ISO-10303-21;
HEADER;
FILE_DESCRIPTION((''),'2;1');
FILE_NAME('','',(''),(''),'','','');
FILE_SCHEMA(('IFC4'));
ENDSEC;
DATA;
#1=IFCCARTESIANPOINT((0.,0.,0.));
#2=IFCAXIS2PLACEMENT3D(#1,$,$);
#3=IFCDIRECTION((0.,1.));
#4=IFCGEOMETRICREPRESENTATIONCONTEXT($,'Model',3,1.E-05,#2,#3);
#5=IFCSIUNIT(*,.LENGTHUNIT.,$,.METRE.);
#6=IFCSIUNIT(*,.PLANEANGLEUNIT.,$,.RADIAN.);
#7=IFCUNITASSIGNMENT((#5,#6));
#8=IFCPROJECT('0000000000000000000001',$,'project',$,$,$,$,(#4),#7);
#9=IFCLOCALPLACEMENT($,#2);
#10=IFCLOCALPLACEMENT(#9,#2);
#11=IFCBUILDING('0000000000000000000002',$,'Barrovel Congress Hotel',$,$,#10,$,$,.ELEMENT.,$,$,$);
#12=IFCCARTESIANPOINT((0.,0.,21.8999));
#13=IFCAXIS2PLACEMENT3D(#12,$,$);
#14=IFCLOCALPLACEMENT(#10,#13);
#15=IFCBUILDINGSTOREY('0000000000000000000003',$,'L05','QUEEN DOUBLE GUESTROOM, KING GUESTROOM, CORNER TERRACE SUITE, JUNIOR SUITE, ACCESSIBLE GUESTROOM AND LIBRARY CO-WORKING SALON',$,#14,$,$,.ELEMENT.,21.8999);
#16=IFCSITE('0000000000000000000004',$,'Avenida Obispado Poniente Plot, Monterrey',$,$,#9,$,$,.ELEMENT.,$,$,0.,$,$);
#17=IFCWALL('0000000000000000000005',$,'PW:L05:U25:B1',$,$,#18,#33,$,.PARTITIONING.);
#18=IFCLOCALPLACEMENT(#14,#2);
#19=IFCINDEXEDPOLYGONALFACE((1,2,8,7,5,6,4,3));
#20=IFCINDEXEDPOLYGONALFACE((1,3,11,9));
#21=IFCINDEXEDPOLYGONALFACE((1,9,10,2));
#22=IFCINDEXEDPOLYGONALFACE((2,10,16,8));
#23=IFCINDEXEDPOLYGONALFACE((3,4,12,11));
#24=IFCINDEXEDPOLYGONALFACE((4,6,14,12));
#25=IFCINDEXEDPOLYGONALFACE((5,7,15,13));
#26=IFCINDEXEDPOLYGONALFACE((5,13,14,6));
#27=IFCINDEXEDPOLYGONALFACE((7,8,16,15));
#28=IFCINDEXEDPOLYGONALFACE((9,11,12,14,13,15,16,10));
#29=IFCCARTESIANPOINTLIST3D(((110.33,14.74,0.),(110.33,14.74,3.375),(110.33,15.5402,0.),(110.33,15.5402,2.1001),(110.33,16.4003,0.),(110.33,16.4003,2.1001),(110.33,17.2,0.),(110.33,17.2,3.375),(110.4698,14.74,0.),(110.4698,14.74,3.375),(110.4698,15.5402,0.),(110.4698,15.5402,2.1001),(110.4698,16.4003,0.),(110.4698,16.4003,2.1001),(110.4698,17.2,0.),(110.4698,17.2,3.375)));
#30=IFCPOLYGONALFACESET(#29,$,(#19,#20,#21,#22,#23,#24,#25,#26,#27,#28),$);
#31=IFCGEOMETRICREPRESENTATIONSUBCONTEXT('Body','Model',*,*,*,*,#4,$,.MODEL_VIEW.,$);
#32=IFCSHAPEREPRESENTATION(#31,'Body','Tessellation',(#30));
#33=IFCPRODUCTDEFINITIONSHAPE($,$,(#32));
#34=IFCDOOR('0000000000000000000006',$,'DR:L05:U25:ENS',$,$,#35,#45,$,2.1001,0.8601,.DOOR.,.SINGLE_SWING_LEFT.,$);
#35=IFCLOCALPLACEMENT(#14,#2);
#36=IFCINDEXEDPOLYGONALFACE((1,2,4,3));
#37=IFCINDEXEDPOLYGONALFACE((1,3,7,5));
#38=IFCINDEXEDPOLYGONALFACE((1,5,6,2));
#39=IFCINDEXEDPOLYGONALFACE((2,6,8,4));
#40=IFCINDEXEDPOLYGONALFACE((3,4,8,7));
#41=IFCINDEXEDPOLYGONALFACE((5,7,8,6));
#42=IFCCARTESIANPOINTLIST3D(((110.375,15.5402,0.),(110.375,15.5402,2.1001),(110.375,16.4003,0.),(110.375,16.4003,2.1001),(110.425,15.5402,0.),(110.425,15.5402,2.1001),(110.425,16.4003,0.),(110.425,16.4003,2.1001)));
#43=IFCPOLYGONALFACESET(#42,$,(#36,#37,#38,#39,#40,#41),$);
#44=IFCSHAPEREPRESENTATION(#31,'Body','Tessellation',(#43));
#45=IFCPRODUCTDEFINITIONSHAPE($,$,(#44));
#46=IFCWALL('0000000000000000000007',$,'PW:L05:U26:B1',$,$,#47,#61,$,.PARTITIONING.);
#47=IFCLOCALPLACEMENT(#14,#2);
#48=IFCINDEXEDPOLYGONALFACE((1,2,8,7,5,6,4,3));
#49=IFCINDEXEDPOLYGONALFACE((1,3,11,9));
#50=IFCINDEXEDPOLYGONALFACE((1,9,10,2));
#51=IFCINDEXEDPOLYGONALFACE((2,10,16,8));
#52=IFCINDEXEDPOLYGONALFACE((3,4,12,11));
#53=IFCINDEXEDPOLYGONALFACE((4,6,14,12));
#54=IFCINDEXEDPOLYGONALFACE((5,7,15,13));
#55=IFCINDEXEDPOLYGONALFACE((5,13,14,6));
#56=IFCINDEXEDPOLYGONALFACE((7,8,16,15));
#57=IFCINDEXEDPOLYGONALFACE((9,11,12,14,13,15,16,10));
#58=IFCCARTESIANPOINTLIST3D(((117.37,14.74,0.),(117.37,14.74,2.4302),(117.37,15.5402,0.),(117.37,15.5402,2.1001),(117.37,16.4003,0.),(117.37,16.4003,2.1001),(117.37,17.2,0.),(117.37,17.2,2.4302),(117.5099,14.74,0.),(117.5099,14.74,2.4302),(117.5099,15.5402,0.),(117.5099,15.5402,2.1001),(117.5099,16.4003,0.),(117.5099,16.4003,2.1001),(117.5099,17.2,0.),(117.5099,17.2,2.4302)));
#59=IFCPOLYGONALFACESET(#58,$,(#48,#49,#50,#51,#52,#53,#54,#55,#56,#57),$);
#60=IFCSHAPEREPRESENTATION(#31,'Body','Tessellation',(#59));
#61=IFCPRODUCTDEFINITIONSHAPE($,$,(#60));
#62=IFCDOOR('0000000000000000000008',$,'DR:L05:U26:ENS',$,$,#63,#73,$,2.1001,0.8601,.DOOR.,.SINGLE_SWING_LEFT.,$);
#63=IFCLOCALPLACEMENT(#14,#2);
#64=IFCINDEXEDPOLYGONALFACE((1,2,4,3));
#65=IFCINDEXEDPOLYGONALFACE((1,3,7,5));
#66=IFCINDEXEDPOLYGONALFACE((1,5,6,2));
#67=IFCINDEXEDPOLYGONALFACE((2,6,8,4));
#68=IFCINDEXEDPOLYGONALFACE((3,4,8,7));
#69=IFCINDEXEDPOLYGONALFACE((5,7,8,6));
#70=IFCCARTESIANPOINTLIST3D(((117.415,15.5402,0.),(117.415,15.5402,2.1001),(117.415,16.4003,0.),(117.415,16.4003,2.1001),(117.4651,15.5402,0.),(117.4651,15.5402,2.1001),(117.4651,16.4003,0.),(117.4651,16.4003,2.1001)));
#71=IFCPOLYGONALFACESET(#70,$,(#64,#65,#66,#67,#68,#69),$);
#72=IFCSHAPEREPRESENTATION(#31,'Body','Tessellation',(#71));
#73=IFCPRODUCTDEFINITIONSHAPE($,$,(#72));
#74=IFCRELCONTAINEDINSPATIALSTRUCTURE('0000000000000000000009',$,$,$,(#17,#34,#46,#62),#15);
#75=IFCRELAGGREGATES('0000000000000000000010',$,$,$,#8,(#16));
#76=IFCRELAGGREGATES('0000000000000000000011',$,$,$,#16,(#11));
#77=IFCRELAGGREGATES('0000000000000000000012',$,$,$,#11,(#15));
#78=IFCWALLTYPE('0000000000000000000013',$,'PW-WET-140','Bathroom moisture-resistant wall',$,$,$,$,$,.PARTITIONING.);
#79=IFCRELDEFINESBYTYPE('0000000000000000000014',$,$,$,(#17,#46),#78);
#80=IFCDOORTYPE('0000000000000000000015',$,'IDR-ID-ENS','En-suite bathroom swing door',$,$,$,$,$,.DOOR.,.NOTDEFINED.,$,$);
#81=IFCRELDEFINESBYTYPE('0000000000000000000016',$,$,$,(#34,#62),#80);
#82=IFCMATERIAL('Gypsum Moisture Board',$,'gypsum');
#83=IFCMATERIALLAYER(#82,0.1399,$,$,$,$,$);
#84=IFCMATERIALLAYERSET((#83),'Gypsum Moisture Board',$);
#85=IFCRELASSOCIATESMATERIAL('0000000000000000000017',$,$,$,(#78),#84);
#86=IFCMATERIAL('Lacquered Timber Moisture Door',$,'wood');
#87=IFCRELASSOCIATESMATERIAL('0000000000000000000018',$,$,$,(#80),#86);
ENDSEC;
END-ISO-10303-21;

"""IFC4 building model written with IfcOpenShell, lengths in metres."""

from ifc_helpers import new_model, si_unit, direction, frame, frame_2d, origin, place, context, subcontext, project, spatial, rectangle, extrude, material, layer, layer_set, type_object, element, fill, save


model = new_model("IFC4")

# Units and contexts
model_context = context("Model", 3, precision=1e-05, world=origin(), true_north=direction((0.0, 1.0)))
body_context = subcontext(model_context, "Body", "Model", "MODEL_VIEW")
ifc_project = project(units=[si_unit("LENGTHUNIT", "METRE"), si_unit("PLANEANGLEUNIT", "RADIAN")], contexts=[model_context])

# Site, building, storey
site_placement = place(None, origin())
site = spatial("IfcSite", under=ifc_project, at=site_placement, Name="Avenida Obispado Poniente Plot, Monterrey", CompositionType="ELEMENT", RefElevation=0.0)
building_placement = place(site_placement, origin())
building = spatial("IfcBuilding", under=site, at=building_placement, Name="Barrovel Congress Hotel", CompositionType="ELEMENT")
storey_placement = place(building_placement, frame((0.0, 0.0, 21.8999)))
storey = spatial("IfcBuildingStorey", under=building, at=storey_placement, Name="L05", Description="QUEEN DOUBLE GUESTROOM, KING GUESTROOM, CORNER TERRACE SUITE, JUNIOR SUITE, ACCESSIBLE GUESTROOM AND LIBRARY CO-WORKING SALON", CompositionType="ELEMENT", Elevation=21.8999)

# Walls, openings, doors
ifc_material_1 = material(Name="Gypsum Moisture Board", Category="gypsum")
ifc_layer_1 = layer(ifc_material_1, 0.1399)
ifc_layer_set_1 = layer_set([ifc_layer_1], Name="Gypsum Moisture Board")
wall_type_1 = type_object("IfcWallType", Name="PW-WET-140", Description="Bathroom moisture-resistant wall", PredefinedType="PARTITIONING", material=ifc_layer_set_1)
ifc_material_2 = material(Name="Lacquered Timber Moisture Door", Category="wood")
door_type_1 = type_object("IfcDoorType", Name="IDR-ID-ENS", Description="En-suite bathroom swing door", OperationType="NOTDEFINED", PredefinedType="DOOR", material=ifc_material_2)
wall_1_placement = place(storey_placement, frame((110.3999, 14.74, 0.0), z_axis=(0.0, 0.0, 1.0), x_axis=(0.0, 1.0, 0.0)))
wall_1 = element("IfcWall", 1, at=wall_1_placement, inside=storey, type_object=wall_type_1, Name="PW:L05:U25:B1", PredefinedType="PARTITIONING", context=body_context, shape_type="SweptSolid", body=[
    extrude(rectangle(XDim=2.46, YDim=0.1399, at=frame_2d((1.23, 0.0))), origin(), (0.0, 0.0, 1.0), 3.375),
])
opening_1_placement = place(wall_1_placement, frame((0.8, 0.0, 0.0)))
opening_1 = element("IfcOpeningElement", 2, at=opening_1_placement, cuts=wall_1, PredefinedType="OPENING", context=body_context, shape_type="SweptSolid", body=[
    extrude(rectangle(XDim=0.8601, YDim=2.1001, at=frame_2d((0.4302, 1.05))), frame((0.0, 0.0801, 0.0), z_axis=(0.0, -1.0, 0.0), x_axis=(1.0, 0.0, 0.0)), (0.0, 0.0, 1.0), 0.1599),
])
door_1_placement = place(opening_1_placement, origin())
door_1 = element("IfcDoor", 3, at=door_1_placement, inside=storey, type_object=door_type_1, Name="DR:L05:U25:ENS", OperationType="SINGLE_SWING_LEFT", OverallHeight=2.1001, OverallWidth=0.8601, PredefinedType="DOOR", context=body_context, shape_type="SweptSolid", body=[
    extrude(rectangle(XDim=0.8601, YDim=2.1001, at=frame_2d((0.4302, 1.05))), frame((0.0, 0.0249, 0.0), z_axis=(0.0, -1.0, 0.0), x_axis=(1.0, 0.0, 0.0)), (0.0, 0.0, 1.0), 0.05),
])
fill(opening_1, door_1)
wall_2_placement = place(storey_placement, frame((117.4399, 14.74, 0.0), z_axis=(0.0, 0.0, 1.0), x_axis=(0.0, 1.0, 0.0)))
wall_2 = element("IfcWall", 4, at=wall_2_placement, inside=storey, type_object=wall_type_1, Name="PW:L05:U26:B1", PredefinedType="PARTITIONING", context=body_context, shape_type="SweptSolid", body=[
    extrude(rectangle(XDim=2.46, YDim=0.1399, at=frame_2d((1.23, 0.0))), origin(), (0.0, 0.0, 1.0), 2.4302),
])
opening_2_placement = place(wall_2_placement, frame((0.8, 0.0, 0.0)))
opening_2 = element("IfcOpeningElement", 5, at=opening_2_placement, cuts=wall_2, PredefinedType="OPENING", context=body_context, shape_type="SweptSolid", body=[
    extrude(rectangle(XDim=0.8601, YDim=2.1001, at=frame_2d((0.4302, 1.05))), frame((0.0, 0.0801, 0.0), z_axis=(0.0, -1.0, 0.0), x_axis=(1.0, 0.0, 0.0)), (0.0, 0.0, 1.0), 0.1599),
])
door_2_placement = place(opening_2_placement, origin())
door_2 = element("IfcDoor", 6, at=door_2_placement, inside=storey, type_object=door_type_1, Name="DR:L05:U26:ENS", OperationType="SINGLE_SWING_LEFT", OverallHeight=2.1001, OverallWidth=0.8601, PredefinedType="DOOR", context=body_context, shape_type="SweptSolid", body=[
    extrude(rectangle(XDim=0.8601, YDim=2.1001, at=frame_2d((0.4302, 1.05))), frame((0.0, 0.0249, 0.0), z_axis=(0.0, -1.0, 0.0), x_axis=(1.0, 0.0, 0.0)), (0.0, 0.0, 1.0), 0.05),
])
fill(opening_2, door_2)

save(model, "model.ifc")
